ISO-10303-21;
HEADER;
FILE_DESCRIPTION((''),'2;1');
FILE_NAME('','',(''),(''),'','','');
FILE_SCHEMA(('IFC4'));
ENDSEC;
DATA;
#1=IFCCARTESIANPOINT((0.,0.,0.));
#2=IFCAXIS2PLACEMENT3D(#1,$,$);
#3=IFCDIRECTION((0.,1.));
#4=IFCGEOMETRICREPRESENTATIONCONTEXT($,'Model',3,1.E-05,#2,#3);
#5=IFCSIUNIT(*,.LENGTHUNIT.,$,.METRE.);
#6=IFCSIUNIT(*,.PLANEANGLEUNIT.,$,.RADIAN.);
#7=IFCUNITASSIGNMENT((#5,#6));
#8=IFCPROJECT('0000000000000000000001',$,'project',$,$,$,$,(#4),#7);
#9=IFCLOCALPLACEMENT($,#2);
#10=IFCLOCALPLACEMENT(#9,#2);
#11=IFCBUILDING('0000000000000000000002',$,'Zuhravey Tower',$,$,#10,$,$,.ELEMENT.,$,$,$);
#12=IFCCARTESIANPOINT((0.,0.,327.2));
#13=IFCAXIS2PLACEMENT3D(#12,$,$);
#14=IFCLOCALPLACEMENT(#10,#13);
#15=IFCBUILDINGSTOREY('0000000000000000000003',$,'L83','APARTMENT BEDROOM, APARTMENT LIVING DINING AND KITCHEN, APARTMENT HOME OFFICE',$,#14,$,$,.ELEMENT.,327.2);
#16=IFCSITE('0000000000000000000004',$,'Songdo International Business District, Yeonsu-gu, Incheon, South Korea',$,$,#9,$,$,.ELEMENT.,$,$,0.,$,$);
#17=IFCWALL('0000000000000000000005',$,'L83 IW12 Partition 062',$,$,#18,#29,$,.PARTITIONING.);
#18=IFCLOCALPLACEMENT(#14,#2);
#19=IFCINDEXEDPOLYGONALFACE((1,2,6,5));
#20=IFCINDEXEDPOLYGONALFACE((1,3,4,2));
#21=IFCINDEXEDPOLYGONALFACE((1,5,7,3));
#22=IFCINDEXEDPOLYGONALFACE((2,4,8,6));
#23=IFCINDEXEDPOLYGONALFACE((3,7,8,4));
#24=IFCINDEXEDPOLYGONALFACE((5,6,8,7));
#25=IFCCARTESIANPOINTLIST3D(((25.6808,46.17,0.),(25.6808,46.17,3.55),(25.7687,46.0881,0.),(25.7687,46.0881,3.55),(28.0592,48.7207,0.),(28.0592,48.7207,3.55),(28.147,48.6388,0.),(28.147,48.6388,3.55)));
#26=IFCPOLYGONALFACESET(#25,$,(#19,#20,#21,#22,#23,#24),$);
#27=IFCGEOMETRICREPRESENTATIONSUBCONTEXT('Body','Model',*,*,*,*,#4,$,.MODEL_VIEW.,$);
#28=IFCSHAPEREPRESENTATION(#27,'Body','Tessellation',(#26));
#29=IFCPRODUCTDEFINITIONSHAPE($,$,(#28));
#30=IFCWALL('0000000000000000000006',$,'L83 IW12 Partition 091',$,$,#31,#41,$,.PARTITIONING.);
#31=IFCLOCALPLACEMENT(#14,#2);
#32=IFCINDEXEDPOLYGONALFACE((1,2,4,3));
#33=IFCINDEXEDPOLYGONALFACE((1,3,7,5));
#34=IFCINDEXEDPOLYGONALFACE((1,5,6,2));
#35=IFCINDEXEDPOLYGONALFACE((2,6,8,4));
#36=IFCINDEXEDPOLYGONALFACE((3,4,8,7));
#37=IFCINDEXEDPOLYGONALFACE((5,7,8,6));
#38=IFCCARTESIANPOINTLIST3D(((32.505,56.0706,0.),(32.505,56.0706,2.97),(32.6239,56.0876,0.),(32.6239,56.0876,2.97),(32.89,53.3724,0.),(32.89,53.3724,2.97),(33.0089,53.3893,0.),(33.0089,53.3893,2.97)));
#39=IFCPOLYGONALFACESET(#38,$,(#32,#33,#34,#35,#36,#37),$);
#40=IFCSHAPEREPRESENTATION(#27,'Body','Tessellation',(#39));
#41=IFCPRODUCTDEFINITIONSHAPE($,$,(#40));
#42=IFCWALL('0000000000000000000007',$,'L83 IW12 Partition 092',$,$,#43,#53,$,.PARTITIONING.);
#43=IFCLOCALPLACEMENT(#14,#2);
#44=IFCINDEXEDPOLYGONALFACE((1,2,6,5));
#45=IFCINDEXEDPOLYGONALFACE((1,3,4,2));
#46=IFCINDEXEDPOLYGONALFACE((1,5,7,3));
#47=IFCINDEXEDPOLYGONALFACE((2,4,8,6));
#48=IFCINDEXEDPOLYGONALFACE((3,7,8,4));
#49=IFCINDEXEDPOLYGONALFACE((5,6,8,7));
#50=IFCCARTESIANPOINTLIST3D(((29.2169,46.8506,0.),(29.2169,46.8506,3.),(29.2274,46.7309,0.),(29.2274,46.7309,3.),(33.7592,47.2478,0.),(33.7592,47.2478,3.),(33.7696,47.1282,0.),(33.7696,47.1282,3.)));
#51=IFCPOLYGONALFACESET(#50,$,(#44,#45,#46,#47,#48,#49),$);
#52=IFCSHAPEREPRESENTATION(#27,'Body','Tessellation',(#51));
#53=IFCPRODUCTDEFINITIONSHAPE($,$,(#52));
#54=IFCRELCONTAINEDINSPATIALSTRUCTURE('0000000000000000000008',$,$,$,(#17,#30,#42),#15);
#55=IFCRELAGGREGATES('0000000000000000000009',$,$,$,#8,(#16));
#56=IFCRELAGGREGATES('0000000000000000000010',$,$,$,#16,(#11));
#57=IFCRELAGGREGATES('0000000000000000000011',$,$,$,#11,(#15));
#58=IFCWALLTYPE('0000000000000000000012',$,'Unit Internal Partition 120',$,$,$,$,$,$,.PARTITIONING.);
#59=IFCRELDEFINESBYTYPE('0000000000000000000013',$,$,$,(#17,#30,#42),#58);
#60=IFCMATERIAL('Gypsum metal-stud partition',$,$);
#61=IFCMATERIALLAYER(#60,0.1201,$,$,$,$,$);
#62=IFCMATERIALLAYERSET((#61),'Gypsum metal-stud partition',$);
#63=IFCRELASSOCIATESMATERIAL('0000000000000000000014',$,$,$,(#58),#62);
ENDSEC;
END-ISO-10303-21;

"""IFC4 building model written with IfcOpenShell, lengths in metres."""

from ifc_helpers import new_model, si_unit, direction, frame, frame_2d, origin, place, context, subcontext, project, spatial, rectangle, extrude, material, layer, layer_set, type_object, element, save


model = new_model("IFC4")

# Units and contexts
model_context = context("Model", 3, precision=1e-05, world=origin(), true_north=direction((0.0, 1.0)))
body_context = subcontext(model_context, "Body", "Model", "MODEL_VIEW")
ifc_project = project(units=[si_unit("LENGTHUNIT", "METRE"), si_unit("PLANEANGLEUNIT", "RADIAN")], contexts=[model_context])

# Site, building, storey
site_placement = place(None, origin())
site = spatial("IfcSite", under=ifc_project, at=site_placement, Name="Songdo International Business District, Yeonsu-gu, Incheon, South Korea", CompositionType="ELEMENT", RefElevation=0.0)
building_placement = place(site_placement, origin())
building = spatial("IfcBuilding", under=site, at=building_placement, Name="Zuhravey Tower", CompositionType="ELEMENT")
storey_placement = place(building_placement, frame((0.0, 0.0, 327.2)))
storey = spatial("IfcBuildingStorey", under=building, at=storey_placement, Name="L83", Description="APARTMENT BEDROOM, APARTMENT LIVING DINING AND KITCHEN, APARTMENT HOME OFFICE", CompositionType="ELEMENT", Elevation=327.2)

# Shared definitions
ifc_material_1 = material(Name="Gypsum metal-stud partition")
ifc_layer_1 = layer(ifc_material_1, 0.1201)
ifc_layer_set_1 = layer_set([ifc_layer_1], Name="Gypsum metal-stud partition")
wall_type_1 = type_object("IfcWallType", Name="Unit Internal Partition 120", PredefinedType="PARTITIONING", material=ifc_layer_set_1)

# Walls
wall_1_placement = place(storey_placement, frame((28.103, 48.6797, 0.0), z_axis=(0.0, 0.0, 1.0), x_axis=(-0.681964, -0.731386, 0.0)))
element("IfcWall", 1, at=wall_1_placement, inside=storey, type_object=wall_type_1, Name="L83 IW12 Partition 062", PredefinedType="PARTITIONING", context=body_context, shape_type="SweptSolid", body=[
    extrude(rectangle(XDim=3.4875, YDim=0.1201, at=frame_2d((1.7437, 0.0))), origin(), (0.0, 0.0, 1.0), 3.55),
])
wall_2_placement = place(storey_placement, frame((32.9495, 53.3809, 0.0), z_axis=(0.0, 0.0, 1.0), x_axis=(-0.141258, 0.989973, 0.0)))
element("IfcWall", 2, at=wall_2_placement, inside=storey, type_object=wall_type_1, Name="L83 IW12 Partition 091", PredefinedType="PARTITIONING", context=body_context, shape_type="SweptSolid", body=[
    extrude(rectangle(XDim=2.7256, YDim=0.1201, at=frame_2d((1.3628, 0.0))), origin(), (0.0, 0.0, 1.0), 2.97),
])
wall_3_placement = place(storey_placement, frame((33.7644, 47.188, 0.0), z_axis=(0.0, 0.0, 1.0), x_axis=(-0.996198, -0.087117, 0.0)))
element("IfcWall", 3, at=wall_3_placement, inside=storey, type_object=wall_type_1, Name="L83 IW12 Partition 092", PredefinedType="PARTITIONING", context=body_context, shape_type="SweptSolid", body=[
    extrude(rectangle(XDim=4.5596, YDim=0.1201, at=frame_2d((2.2798, 0.0))), origin(), (0.0, 0.0, 1.0), 3.0),
])

save(model, "model.ifc")
